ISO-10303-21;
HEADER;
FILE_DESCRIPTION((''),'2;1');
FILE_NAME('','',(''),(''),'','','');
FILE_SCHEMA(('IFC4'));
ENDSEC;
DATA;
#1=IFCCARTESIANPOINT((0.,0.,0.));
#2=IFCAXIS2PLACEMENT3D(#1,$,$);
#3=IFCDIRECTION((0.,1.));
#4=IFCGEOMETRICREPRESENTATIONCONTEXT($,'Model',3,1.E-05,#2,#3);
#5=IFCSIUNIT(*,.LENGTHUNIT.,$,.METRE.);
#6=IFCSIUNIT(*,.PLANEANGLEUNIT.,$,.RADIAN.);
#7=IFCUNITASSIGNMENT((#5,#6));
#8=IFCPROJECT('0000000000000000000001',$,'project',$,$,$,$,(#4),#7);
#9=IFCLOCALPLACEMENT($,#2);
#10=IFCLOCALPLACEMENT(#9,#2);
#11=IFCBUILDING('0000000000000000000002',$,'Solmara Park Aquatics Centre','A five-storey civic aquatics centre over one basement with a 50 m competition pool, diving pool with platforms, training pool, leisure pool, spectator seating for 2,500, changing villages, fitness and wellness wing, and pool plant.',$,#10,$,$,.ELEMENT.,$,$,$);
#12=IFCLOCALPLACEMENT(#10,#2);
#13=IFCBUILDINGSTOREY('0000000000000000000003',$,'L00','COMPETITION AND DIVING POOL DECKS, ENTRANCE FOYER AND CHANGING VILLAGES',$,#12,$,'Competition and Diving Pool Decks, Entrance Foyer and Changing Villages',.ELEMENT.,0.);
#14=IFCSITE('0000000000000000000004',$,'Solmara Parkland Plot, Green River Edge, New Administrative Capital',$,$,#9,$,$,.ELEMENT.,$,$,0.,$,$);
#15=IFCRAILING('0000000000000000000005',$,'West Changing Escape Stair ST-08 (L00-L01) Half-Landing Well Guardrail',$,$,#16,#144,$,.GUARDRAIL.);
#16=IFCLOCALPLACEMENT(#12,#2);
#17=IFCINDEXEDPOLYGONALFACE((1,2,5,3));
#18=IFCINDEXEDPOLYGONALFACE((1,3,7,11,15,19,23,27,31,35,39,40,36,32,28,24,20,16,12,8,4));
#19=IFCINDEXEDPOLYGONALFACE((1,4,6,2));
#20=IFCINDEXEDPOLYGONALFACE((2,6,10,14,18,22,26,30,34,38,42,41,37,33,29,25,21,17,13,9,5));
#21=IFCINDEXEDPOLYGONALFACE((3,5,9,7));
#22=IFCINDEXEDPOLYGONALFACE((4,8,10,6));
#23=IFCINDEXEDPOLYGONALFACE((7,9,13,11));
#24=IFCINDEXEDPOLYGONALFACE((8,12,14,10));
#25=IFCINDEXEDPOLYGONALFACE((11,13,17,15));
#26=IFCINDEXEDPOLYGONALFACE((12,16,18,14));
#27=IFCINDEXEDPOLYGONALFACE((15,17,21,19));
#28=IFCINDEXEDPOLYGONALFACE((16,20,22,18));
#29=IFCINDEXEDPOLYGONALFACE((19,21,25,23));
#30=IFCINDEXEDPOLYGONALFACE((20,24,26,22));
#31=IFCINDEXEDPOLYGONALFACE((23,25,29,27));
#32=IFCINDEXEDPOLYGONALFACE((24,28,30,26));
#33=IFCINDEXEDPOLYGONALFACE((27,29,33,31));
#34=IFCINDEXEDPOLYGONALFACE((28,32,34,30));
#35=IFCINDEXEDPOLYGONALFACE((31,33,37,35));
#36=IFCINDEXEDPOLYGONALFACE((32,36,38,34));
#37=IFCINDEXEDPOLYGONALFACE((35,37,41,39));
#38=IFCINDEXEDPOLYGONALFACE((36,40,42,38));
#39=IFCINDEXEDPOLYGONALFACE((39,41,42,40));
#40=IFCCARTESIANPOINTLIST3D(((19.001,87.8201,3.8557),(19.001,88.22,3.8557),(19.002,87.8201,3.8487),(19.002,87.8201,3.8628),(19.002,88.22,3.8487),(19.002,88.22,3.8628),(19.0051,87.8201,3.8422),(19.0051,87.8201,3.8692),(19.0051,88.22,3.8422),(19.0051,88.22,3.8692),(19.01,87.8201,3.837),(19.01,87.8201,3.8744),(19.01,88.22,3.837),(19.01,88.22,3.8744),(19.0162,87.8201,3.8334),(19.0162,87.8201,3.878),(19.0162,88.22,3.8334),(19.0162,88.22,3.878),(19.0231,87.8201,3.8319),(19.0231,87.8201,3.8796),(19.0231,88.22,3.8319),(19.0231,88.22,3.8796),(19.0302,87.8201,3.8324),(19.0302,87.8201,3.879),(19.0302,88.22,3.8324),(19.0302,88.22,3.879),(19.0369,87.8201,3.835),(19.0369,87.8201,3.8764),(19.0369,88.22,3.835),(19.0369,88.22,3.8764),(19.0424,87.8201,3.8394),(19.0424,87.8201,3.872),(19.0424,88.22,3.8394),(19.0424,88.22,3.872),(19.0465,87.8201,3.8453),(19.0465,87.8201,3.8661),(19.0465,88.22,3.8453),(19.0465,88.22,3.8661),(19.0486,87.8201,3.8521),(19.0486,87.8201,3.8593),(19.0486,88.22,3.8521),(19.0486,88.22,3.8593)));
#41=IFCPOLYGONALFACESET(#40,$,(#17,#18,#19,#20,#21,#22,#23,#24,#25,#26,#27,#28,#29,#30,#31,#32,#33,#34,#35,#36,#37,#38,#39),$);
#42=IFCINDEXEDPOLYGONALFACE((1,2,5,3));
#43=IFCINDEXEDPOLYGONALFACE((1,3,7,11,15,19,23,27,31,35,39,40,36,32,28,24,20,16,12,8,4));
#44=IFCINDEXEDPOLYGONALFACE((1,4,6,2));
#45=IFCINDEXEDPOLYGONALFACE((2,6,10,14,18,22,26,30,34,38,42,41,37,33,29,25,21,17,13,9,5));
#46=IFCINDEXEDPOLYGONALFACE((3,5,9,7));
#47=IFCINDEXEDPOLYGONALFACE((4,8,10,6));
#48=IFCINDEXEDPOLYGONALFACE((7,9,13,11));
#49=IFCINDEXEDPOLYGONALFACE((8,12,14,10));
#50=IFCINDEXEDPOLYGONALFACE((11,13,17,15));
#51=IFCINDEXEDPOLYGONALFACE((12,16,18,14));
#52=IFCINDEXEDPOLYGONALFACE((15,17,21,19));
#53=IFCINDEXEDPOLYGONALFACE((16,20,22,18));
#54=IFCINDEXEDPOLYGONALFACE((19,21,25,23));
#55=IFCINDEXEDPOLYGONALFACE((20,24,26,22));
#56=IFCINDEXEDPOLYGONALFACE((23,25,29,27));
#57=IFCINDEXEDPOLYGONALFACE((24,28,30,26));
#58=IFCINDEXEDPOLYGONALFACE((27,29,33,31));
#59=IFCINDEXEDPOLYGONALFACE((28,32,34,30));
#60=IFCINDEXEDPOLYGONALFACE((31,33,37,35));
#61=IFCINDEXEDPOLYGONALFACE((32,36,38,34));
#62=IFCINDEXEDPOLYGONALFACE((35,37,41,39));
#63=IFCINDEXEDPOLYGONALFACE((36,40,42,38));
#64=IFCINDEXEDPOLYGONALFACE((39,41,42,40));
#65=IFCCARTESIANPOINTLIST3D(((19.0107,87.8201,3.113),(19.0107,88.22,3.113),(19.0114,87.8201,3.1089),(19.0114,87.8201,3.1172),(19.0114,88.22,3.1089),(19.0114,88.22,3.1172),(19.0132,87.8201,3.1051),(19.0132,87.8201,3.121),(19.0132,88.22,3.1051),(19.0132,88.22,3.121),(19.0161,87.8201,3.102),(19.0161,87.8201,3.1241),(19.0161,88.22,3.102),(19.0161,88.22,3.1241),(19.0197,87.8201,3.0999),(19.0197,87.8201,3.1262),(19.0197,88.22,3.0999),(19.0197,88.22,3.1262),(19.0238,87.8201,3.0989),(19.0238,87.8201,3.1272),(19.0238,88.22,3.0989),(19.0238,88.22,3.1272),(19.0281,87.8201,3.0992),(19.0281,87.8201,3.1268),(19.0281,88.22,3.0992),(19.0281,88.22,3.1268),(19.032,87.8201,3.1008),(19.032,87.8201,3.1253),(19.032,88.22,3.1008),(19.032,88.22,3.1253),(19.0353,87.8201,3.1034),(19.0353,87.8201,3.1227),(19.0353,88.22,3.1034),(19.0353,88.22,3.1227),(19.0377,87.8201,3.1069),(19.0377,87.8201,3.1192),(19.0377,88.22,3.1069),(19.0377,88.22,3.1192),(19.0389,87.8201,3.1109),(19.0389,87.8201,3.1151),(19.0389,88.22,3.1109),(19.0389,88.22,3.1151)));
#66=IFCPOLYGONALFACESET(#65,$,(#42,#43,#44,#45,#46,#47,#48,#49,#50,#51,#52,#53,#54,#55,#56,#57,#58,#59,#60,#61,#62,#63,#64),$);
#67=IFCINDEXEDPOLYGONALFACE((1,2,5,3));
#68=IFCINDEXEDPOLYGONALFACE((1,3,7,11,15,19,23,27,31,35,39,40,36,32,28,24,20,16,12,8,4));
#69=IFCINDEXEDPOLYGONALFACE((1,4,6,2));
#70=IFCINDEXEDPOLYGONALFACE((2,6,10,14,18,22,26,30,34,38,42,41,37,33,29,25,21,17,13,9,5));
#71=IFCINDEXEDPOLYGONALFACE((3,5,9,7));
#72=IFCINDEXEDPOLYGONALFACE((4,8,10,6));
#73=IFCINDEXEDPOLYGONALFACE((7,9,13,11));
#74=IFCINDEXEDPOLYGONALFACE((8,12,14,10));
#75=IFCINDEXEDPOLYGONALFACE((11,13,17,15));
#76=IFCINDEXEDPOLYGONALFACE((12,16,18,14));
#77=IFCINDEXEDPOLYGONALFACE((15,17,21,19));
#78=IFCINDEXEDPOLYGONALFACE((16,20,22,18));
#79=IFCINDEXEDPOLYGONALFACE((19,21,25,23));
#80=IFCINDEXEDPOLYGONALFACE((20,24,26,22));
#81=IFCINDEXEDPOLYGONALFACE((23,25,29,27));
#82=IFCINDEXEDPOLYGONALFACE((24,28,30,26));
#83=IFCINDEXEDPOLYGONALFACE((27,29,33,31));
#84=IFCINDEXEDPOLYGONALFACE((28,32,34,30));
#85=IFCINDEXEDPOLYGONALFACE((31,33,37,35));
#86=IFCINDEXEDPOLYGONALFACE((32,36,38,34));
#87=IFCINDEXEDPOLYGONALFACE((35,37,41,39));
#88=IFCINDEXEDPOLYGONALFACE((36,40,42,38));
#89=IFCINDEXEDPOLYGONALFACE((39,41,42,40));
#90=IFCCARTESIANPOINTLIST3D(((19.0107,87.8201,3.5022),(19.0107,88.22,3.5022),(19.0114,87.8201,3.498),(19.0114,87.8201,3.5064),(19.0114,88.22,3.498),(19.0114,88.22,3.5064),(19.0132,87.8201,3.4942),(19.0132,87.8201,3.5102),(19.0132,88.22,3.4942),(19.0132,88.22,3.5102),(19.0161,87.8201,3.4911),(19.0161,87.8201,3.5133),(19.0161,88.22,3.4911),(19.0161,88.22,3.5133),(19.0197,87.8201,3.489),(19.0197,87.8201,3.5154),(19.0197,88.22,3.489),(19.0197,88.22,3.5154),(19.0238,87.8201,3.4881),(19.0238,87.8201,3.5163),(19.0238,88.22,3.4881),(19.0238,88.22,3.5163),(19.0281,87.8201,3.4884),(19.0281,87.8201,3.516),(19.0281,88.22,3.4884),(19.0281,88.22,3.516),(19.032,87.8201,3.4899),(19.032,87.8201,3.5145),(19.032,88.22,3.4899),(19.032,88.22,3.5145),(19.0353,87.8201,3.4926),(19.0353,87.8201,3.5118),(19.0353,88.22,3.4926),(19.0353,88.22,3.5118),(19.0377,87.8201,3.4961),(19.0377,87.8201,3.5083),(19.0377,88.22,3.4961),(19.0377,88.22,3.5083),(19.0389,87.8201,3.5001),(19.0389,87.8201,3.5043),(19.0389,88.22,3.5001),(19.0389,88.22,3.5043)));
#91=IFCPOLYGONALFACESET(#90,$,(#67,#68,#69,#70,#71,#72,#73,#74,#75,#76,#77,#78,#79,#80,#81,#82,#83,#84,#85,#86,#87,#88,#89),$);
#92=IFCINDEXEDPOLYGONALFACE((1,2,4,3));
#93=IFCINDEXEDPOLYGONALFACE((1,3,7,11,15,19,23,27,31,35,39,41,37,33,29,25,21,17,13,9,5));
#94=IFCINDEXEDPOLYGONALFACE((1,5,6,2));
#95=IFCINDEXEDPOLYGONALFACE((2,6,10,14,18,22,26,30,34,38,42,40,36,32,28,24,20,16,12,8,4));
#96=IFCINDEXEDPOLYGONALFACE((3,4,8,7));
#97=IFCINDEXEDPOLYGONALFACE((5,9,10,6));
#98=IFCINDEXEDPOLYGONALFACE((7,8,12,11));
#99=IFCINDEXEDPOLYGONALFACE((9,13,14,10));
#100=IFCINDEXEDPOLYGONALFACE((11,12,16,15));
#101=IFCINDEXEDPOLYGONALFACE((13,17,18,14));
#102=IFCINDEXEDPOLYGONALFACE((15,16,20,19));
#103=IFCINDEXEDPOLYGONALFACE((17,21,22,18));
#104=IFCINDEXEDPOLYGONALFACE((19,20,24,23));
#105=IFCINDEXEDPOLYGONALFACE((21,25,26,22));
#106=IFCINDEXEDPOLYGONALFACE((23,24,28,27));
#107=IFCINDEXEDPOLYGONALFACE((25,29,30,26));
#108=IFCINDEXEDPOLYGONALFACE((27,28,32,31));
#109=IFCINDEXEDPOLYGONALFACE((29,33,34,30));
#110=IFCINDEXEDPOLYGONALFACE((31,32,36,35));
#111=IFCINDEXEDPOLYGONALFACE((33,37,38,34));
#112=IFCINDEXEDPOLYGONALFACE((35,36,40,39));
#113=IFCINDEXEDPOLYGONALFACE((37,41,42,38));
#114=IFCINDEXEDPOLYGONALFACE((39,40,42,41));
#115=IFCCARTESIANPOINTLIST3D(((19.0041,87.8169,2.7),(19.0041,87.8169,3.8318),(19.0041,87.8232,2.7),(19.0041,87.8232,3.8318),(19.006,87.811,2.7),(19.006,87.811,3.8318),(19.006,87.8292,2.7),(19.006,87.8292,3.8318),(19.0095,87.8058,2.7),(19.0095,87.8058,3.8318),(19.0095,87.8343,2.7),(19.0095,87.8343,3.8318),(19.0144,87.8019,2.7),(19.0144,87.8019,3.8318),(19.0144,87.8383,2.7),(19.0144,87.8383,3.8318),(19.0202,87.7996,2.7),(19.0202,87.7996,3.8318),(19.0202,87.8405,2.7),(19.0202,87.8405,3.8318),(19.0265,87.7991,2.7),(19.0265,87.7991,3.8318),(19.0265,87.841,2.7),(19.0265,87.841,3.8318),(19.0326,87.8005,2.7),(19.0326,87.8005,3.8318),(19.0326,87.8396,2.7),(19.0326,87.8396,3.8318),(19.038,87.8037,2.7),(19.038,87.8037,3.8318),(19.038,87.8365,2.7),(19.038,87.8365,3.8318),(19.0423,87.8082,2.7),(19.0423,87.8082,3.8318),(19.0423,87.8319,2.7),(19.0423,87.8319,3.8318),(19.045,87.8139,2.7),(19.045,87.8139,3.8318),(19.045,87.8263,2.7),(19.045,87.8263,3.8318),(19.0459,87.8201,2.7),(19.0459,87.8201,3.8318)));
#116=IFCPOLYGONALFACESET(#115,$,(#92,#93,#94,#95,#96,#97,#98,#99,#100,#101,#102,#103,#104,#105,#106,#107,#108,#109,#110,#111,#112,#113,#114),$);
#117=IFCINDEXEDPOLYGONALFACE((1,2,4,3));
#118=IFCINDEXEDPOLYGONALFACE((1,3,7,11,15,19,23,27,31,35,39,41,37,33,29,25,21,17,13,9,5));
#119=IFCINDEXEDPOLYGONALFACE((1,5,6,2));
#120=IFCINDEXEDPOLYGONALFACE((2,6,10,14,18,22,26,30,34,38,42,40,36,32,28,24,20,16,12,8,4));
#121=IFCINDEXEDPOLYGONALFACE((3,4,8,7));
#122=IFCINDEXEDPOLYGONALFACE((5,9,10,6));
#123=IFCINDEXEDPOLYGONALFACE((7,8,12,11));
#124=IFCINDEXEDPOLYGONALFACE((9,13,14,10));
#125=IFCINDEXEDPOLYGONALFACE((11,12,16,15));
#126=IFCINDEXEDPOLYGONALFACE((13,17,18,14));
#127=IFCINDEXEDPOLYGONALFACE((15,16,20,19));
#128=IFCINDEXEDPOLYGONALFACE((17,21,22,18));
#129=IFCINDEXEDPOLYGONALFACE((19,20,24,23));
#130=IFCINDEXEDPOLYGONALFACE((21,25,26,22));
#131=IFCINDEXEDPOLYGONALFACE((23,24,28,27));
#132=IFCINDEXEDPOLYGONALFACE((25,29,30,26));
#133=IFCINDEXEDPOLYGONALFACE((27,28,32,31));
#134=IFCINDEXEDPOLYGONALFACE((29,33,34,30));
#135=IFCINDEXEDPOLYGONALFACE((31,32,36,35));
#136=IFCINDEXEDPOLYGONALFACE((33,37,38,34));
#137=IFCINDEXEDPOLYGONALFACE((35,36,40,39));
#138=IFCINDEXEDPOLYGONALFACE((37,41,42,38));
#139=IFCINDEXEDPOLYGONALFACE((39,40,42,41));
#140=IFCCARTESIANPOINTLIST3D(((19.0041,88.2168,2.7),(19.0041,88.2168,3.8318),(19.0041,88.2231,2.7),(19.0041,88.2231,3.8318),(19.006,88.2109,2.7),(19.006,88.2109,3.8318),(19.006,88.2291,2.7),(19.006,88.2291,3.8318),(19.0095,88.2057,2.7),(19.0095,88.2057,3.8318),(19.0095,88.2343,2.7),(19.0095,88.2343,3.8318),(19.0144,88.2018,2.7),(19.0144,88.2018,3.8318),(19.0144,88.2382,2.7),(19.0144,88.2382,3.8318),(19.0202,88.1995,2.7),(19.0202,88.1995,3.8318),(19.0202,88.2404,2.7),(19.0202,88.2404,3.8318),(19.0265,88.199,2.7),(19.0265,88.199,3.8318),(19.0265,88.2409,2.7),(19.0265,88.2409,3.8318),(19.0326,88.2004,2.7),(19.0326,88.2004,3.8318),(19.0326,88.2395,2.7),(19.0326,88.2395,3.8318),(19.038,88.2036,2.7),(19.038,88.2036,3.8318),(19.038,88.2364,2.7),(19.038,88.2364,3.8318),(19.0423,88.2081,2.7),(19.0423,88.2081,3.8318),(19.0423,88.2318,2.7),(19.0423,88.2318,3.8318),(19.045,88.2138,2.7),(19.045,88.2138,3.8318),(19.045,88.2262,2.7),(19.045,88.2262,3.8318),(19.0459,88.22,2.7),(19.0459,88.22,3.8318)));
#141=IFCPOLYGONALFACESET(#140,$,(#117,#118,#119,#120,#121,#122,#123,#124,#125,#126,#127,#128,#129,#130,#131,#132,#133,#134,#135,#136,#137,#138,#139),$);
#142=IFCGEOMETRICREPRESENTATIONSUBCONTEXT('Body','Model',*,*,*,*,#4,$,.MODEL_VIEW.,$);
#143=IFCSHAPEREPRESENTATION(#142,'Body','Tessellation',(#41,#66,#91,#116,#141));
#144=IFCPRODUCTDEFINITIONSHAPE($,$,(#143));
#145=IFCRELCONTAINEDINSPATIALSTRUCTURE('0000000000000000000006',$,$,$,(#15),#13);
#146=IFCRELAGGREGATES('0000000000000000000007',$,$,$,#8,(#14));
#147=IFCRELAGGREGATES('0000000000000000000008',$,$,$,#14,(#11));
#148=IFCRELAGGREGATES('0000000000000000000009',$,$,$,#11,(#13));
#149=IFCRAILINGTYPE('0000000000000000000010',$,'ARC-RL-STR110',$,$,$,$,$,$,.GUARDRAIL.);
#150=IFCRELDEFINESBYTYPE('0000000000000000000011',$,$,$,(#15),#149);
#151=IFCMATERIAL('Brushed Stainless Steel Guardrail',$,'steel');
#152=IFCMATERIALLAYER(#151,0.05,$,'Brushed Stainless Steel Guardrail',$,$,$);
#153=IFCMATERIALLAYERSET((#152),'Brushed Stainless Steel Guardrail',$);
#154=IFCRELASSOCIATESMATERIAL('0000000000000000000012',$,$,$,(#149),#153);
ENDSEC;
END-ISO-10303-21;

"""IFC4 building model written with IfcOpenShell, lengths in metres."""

from ifc_helpers import new_model, si_unit, direction, frame, origin, origin_2d, place, context, subcontext, project, spatial, circle, extrude, material, layer, layer_set, type_object, element, save


model = new_model("IFC4")

# Units and contexts
model_context = context("Model", 3, precision=1e-05, world=origin(), true_north=direction((0.0, 1.0)))
body_context = subcontext(model_context, "Body", "Model", "MODEL_VIEW")
ifc_project = project(units=[si_unit("LENGTHUNIT", "METRE"), si_unit("PLANEANGLEUNIT", "RADIAN")], contexts=[model_context])

# Site, building, storey
site_placement = place(None, origin())
site = spatial("IfcSite", under=ifc_project, at=site_placement, Name="Solmara Parkland Plot, Green River Edge, New Administrative Capital", CompositionType="ELEMENT", RefElevation=0.0)
building_placement = place(site_placement, origin())
building = spatial("IfcBuilding", under=site, at=building_placement, Name="Solmara Park Aquatics Centre", Description="A five-storey civic aquatics centre over one basement with a 50 m competition pool, diving pool with platforms, training pool, leisure pool, spectator seating for 2,500, changing villages, fitness and wellness wing, and pool plant.", CompositionType="ELEMENT")
storey_placement = place(building_placement, origin())
storey = spatial("IfcBuildingStorey", under=building, at=storey_placement, Name="L00", Description="COMPETITION AND DIVING POOL DECKS, ENTRANCE FOYER AND CHANGING VILLAGES", LongName="Competition and Diving Pool Decks, Entrance Foyer and Changing Villages", CompositionType="ELEMENT", Elevation=0.0)

# Railing
ifc_material_1 = material(Name="Brushed Stainless Steel Guardrail", Category="steel")
ifc_layer_1 = layer(ifc_material_1, 0.05, Name="Brushed Stainless Steel Guardrail")
ifc_layer_set_1 = layer_set([ifc_layer_1], Name="Brushed Stainless Steel Guardrail")
railing_type_1 = type_object("IfcRailingType", Name="ARC-RL-STR110", PredefinedType="GUARDRAIL", material=ifc_layer_set_1)
railing_1_placement = place(storey_placement, frame((19.0249, 87.8201, 2.7)))
element("IfcRailing", 1, at=railing_1_placement, inside=storey, type_object=railing_type_1, Name="West Changing Escape Stair ST-08 (L00-L01) Half-Landing Well Guardrail", PredefinedType="GUARDRAIL", context=body_context, shape_type="SweptSolid", body=[
    extrude(circle(Radius=0.0239, at=origin_2d()), frame((0.0, 0.0, 1.1558), z_axis=(0.0, 1.0, 0.0), x_axis=(-1.0, 0.0, 0.0)), (0.0, 0.0, 1.0), 0.3999),
    extrude(circle(Radius=0.0142, at=origin_2d()), frame((0.0, 0.0, 0.4131), z_axis=(0.0, 1.0, 0.0), x_axis=(-1.0, 0.0, 0.0)), (0.0, 0.0, 1.0), 0.3999),
    extrude(circle(Radius=0.0142, at=origin_2d()), frame((0.0, 0.0, 0.8022), z_axis=(0.0, 1.0, 0.0), x_axis=(-1.0, 0.0, 0.0)), (0.0, 0.0, 1.0), 0.3999),
    extrude(circle(Radius=0.021, at=origin_2d()), origin(), (0.0, 0.0, 1.0), 1.1318),
    extrude(circle(Radius=0.021, at=origin_2d()), frame((0.0, 0.3999, 0.0)), (0.0, 0.0, 1.0), 1.1318),
])

save(model, "model.ifc")
